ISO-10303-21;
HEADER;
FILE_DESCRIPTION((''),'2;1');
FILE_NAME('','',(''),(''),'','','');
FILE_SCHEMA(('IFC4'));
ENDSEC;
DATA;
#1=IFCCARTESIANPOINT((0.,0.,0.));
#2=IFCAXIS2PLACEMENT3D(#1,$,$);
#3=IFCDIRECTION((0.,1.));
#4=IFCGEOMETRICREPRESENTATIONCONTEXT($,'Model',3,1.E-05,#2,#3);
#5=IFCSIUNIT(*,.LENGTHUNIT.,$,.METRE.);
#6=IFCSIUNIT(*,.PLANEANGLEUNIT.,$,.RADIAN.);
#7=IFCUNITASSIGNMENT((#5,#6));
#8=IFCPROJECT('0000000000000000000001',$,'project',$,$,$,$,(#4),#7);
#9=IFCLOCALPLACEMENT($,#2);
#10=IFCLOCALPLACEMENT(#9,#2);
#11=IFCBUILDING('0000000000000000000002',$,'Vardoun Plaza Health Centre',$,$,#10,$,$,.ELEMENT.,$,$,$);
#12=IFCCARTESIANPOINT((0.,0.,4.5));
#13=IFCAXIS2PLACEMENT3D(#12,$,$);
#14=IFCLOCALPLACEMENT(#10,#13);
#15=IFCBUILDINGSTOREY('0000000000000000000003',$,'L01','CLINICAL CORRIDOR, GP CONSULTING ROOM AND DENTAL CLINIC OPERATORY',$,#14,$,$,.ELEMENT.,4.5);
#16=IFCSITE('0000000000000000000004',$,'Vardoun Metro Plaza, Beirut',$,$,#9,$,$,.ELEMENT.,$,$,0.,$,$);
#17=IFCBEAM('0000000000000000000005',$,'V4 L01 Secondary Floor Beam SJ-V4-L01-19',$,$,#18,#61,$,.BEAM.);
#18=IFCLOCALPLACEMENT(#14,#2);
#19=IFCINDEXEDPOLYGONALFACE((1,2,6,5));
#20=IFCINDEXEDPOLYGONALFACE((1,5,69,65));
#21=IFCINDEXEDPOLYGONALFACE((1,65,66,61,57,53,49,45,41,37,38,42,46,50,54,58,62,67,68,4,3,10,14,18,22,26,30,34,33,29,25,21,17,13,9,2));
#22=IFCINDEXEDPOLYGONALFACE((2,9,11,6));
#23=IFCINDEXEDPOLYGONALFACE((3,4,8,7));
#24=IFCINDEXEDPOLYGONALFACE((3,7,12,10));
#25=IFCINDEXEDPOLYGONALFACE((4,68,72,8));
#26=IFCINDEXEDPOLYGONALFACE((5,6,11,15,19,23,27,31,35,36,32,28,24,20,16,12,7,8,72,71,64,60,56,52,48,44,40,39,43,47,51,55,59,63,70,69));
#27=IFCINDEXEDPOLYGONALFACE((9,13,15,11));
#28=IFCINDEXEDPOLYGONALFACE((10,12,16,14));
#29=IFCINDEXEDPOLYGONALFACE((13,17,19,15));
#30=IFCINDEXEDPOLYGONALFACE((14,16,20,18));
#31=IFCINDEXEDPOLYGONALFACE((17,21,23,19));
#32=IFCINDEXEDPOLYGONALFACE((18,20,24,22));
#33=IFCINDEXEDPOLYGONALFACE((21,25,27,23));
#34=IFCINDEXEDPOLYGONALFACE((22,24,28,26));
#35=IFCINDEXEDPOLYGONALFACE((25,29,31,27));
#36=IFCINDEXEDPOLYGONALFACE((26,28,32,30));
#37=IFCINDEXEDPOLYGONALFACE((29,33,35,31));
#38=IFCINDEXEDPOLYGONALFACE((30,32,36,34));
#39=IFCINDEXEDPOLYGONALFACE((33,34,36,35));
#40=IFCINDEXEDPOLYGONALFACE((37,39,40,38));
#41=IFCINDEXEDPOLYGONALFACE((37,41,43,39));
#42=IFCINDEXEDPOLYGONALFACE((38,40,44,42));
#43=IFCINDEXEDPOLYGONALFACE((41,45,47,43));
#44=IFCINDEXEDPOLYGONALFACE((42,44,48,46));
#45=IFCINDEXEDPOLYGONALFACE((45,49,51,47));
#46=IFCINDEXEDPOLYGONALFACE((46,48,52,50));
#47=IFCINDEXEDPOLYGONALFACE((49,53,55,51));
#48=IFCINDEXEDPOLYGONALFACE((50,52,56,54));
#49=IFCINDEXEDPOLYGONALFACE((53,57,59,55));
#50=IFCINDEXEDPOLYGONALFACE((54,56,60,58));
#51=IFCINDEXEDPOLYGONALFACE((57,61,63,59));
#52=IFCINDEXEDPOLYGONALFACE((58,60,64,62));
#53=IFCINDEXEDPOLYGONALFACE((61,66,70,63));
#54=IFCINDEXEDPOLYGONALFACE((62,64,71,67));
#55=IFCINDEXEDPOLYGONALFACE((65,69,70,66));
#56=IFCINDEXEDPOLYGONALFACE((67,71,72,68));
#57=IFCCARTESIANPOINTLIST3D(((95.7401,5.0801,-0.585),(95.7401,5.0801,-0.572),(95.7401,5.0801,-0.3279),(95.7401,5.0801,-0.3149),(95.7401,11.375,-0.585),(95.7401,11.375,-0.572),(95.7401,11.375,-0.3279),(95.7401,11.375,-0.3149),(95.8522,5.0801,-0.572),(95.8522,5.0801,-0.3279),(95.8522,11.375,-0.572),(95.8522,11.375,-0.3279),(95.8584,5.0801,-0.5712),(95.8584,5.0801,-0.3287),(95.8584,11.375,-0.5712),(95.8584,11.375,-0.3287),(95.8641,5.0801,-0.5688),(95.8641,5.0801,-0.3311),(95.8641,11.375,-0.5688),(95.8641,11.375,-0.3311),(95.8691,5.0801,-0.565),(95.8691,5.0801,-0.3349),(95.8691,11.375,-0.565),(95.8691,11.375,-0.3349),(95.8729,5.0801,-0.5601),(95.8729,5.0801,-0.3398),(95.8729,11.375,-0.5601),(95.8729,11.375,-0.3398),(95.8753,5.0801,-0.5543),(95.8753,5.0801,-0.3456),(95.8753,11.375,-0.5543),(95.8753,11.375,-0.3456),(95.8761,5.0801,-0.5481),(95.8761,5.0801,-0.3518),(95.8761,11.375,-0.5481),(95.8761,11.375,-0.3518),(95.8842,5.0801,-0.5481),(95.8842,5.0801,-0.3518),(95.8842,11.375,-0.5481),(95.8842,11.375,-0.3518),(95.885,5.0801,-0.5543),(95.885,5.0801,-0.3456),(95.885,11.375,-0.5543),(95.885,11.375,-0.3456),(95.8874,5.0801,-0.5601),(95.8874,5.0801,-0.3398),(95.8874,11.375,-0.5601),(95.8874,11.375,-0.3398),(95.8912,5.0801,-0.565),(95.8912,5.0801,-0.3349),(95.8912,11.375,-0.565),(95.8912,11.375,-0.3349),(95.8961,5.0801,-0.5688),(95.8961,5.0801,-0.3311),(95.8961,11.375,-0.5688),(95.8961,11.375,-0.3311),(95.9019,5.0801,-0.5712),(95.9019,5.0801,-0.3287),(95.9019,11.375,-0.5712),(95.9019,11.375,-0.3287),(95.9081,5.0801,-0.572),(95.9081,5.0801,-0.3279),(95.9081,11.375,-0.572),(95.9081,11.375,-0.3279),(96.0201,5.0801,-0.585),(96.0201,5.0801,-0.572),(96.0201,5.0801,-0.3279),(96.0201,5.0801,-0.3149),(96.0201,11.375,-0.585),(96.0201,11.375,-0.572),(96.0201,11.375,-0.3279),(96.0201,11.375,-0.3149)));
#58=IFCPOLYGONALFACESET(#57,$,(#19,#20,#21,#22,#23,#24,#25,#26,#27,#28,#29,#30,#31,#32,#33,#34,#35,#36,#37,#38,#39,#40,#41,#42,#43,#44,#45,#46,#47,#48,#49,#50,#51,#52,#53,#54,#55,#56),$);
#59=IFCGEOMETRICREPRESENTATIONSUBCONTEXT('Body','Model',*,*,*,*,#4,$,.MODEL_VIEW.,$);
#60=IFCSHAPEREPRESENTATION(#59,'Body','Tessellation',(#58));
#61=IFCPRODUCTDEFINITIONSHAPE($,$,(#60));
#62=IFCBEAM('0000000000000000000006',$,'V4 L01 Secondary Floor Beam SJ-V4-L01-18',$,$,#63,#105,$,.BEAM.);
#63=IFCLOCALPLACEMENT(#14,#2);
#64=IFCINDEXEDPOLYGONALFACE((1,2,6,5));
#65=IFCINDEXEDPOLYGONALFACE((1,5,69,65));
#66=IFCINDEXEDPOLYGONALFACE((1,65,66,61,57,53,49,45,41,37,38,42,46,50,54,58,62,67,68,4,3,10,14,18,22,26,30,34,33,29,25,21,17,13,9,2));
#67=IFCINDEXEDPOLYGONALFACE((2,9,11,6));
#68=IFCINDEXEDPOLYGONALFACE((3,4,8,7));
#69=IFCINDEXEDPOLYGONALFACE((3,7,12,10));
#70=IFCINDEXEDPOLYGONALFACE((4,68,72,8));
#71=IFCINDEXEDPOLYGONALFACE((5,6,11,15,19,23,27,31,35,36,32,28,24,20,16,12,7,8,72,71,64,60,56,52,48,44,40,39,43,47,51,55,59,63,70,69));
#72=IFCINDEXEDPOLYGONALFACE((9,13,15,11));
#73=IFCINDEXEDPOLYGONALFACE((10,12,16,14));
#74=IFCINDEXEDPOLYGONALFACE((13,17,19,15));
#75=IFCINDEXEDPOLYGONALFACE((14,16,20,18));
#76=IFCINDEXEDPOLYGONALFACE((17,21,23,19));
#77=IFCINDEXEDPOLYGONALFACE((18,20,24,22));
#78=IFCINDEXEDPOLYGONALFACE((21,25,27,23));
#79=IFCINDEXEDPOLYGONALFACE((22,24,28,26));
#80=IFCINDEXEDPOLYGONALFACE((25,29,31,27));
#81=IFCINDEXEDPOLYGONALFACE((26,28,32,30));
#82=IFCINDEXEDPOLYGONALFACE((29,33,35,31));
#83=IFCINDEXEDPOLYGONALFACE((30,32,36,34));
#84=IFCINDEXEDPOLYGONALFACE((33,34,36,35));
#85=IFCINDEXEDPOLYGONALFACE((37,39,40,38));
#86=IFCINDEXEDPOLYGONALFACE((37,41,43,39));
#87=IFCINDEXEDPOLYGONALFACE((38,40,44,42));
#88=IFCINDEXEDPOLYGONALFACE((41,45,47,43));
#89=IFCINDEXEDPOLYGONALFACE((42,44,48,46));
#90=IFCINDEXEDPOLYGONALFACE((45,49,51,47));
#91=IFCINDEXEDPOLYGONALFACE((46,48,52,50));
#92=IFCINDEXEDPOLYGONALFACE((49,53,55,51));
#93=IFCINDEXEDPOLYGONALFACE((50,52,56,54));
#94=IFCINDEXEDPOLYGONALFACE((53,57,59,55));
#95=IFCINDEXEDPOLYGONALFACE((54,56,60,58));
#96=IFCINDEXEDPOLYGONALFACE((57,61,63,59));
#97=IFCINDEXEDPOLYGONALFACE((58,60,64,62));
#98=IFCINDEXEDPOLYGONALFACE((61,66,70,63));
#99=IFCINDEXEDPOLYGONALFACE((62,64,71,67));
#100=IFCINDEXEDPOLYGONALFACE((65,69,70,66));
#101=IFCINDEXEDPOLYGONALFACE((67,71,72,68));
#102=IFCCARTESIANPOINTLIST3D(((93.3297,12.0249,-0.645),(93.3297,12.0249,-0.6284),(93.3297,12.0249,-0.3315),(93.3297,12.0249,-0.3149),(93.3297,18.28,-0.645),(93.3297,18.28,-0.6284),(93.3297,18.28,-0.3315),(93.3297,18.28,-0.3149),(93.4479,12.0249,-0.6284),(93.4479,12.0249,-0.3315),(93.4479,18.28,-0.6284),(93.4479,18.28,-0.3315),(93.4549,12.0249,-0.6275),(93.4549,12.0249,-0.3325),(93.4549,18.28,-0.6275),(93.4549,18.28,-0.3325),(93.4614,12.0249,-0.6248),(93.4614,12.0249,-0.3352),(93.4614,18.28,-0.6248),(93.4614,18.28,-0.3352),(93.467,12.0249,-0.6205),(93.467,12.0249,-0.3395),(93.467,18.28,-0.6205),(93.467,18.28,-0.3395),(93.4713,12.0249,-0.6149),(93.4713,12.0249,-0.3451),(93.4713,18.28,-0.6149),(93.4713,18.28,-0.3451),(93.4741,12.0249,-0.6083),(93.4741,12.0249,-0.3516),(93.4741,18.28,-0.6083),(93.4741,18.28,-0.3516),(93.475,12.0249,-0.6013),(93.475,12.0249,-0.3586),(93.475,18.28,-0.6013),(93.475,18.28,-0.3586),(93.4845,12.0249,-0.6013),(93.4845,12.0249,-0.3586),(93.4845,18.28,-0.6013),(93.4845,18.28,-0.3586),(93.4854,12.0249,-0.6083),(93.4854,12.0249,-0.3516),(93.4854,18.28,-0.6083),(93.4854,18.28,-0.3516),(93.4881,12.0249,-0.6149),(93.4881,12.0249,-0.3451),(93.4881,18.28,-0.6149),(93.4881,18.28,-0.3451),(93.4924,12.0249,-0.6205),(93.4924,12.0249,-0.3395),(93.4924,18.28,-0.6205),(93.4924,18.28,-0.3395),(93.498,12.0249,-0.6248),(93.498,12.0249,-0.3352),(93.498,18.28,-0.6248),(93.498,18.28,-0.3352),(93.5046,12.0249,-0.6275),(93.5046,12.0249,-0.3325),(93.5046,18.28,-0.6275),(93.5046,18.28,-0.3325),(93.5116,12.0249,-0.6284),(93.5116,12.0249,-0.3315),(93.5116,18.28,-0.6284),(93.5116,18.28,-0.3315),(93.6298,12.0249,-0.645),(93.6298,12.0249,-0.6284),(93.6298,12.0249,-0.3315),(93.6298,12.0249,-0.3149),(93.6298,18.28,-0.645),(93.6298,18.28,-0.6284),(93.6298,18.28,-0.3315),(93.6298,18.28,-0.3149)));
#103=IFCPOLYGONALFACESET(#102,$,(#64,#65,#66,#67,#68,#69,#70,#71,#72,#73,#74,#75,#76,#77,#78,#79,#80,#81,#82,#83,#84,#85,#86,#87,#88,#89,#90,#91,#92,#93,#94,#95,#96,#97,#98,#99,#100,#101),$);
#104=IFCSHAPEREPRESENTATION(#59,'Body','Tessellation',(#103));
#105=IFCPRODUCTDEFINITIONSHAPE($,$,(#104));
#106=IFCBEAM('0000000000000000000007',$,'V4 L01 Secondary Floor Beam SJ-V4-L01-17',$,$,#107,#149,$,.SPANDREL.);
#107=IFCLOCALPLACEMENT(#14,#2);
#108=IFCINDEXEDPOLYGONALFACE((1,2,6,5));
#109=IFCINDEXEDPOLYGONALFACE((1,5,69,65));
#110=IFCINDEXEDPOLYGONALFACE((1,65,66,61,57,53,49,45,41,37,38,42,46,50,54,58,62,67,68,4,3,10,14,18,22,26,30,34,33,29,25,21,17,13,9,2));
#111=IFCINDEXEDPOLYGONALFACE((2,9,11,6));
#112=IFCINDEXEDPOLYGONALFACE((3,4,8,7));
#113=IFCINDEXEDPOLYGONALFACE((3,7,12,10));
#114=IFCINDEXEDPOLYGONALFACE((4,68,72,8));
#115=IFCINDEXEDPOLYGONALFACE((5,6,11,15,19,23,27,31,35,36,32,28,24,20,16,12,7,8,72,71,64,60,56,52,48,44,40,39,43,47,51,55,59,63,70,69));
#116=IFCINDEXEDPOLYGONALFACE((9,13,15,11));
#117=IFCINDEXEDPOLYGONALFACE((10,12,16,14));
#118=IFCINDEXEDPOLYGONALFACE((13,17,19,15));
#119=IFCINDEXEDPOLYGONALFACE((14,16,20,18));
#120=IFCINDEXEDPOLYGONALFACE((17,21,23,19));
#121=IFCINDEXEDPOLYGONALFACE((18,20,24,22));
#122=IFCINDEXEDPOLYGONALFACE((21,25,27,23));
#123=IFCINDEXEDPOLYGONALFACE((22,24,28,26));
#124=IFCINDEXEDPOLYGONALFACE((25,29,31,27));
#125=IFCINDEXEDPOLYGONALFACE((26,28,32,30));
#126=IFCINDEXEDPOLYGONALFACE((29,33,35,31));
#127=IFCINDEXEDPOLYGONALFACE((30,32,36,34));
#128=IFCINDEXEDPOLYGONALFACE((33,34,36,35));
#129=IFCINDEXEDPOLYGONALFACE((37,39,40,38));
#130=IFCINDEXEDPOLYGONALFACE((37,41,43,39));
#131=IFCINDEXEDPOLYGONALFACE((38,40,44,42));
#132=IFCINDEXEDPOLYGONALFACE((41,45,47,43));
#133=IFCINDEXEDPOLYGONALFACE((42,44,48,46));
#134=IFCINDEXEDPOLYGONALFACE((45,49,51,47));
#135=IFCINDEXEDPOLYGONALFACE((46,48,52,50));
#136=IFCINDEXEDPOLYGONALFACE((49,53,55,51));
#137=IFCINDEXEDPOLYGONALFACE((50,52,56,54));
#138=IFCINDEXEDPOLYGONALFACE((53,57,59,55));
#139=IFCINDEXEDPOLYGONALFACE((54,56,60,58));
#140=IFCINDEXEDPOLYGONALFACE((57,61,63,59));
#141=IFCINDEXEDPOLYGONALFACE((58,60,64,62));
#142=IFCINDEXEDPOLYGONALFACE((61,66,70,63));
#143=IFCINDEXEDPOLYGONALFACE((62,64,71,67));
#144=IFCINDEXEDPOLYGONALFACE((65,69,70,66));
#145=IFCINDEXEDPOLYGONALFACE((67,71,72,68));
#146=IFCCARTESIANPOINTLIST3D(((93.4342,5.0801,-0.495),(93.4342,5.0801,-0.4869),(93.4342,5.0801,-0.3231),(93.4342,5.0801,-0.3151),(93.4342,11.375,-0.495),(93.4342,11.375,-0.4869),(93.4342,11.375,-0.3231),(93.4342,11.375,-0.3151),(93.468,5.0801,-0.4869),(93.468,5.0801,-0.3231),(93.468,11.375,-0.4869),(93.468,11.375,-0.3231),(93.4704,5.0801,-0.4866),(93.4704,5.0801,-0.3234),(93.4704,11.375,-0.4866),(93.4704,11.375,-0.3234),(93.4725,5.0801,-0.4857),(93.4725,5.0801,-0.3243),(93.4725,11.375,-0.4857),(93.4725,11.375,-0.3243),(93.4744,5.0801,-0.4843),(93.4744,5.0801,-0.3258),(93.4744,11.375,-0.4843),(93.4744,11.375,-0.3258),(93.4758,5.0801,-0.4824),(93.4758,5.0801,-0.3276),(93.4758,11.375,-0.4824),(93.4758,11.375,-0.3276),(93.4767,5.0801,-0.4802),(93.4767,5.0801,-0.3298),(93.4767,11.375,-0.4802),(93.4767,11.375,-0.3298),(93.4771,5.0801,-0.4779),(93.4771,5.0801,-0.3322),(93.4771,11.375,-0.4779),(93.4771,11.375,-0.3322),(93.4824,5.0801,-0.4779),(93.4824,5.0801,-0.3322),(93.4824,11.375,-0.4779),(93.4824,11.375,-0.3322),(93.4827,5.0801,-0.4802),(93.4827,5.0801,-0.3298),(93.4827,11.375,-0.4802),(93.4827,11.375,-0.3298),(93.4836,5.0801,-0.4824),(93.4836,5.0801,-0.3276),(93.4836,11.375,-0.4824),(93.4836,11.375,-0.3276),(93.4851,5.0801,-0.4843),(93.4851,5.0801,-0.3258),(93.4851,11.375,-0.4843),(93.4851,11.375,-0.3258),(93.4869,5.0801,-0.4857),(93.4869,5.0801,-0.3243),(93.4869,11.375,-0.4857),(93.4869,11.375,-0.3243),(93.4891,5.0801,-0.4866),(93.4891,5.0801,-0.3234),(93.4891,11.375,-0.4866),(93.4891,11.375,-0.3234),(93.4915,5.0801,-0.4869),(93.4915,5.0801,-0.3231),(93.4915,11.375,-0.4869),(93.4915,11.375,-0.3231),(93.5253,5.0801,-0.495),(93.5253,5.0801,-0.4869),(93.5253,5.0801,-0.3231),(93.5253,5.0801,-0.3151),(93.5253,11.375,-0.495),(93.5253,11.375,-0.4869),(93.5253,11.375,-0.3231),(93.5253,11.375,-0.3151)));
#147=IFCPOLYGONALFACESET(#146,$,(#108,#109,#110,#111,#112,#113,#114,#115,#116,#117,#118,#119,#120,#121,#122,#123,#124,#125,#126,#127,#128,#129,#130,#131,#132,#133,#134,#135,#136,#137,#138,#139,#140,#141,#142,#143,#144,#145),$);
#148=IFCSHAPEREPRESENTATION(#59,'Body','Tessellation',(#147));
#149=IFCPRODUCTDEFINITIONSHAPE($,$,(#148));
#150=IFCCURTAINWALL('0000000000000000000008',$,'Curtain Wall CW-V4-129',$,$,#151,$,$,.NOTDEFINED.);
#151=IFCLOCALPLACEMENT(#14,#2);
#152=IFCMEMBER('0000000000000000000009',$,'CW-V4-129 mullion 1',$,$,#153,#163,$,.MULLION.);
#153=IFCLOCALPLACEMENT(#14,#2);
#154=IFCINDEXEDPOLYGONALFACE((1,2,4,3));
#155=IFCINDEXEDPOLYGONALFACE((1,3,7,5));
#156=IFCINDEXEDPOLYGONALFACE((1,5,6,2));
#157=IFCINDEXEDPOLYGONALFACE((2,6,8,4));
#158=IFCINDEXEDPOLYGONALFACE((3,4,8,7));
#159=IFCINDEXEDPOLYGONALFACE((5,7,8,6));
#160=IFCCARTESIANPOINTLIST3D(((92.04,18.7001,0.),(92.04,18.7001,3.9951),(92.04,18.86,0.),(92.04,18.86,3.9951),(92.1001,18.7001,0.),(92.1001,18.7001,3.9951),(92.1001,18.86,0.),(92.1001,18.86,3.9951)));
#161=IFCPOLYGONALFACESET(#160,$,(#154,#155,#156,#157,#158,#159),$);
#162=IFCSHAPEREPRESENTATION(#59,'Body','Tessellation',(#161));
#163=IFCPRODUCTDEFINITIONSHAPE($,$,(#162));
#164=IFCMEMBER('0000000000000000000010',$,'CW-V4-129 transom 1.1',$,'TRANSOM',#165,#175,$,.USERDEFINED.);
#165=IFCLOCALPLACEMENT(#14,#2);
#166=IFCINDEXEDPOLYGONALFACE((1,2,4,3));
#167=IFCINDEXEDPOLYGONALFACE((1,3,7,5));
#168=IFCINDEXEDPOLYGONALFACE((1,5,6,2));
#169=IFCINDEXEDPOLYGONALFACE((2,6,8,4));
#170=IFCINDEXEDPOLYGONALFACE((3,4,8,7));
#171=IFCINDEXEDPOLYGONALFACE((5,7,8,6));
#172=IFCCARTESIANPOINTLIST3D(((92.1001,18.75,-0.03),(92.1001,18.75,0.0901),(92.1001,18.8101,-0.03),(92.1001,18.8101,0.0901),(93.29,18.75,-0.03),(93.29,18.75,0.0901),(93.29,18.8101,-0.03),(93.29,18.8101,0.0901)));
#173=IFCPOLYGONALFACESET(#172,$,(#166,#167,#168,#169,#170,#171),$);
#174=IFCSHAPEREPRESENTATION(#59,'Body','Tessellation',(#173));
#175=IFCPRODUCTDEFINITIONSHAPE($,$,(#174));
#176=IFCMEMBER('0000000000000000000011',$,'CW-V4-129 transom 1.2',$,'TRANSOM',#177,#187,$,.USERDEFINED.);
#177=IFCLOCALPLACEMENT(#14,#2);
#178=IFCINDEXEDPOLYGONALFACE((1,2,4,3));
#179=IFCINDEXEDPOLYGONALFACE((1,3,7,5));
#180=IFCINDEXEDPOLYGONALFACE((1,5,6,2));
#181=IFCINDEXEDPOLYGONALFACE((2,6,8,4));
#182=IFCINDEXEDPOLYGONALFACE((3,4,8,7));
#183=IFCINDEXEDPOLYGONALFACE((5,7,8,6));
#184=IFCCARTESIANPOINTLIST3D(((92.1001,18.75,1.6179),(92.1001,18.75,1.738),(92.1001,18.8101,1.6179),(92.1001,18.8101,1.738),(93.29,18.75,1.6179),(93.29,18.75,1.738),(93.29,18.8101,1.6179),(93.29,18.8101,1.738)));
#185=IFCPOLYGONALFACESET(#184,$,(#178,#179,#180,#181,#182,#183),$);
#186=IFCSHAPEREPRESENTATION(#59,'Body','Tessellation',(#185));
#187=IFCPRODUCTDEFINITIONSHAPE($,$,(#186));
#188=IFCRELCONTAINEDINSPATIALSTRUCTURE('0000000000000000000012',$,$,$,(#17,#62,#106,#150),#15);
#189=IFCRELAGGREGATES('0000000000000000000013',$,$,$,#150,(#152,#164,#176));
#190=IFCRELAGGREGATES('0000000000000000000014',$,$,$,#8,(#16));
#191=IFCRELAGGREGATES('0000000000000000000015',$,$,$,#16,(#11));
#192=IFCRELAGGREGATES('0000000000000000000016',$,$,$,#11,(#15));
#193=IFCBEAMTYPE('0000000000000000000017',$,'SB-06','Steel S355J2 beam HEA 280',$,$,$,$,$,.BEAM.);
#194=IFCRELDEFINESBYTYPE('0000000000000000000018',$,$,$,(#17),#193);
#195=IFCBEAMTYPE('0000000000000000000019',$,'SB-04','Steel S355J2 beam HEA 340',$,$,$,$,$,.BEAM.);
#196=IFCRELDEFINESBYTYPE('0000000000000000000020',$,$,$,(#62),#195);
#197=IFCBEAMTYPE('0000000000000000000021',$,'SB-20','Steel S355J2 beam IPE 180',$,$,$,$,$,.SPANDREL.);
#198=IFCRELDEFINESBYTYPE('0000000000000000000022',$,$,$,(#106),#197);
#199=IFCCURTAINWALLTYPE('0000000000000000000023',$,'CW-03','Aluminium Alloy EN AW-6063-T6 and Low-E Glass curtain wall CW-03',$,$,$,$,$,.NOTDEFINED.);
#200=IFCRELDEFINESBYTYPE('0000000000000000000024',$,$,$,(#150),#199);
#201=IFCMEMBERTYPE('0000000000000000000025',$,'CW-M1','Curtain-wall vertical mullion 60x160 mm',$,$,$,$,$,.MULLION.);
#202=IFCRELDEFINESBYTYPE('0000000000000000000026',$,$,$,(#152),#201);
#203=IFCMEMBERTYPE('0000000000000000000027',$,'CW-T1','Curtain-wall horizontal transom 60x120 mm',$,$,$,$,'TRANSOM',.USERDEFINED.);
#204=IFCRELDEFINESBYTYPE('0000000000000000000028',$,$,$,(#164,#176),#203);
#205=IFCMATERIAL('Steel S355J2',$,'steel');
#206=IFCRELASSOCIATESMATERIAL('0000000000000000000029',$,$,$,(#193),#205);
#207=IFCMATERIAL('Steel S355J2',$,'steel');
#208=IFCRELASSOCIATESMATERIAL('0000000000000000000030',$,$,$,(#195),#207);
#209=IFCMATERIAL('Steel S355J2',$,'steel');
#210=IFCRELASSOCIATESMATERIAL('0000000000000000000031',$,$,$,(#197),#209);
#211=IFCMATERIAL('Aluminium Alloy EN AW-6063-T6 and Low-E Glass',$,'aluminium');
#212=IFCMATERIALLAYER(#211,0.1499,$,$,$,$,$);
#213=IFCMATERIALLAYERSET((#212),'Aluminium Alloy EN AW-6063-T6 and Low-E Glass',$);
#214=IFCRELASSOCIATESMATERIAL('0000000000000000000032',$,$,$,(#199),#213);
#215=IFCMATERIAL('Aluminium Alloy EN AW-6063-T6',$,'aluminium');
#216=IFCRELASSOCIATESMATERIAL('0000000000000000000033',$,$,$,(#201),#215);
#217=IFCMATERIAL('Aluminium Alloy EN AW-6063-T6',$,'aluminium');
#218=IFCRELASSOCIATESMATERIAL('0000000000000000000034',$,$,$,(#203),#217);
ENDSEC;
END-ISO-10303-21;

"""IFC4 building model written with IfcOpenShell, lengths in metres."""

from ifc_helpers import new_model, si_unit, direction, frame, origin, origin_2d, place, context, subcontext, project, spatial, rectangle, i_section, extrude, material, layer, layer_set, material_profile, profile_set, type_object, element, aggregate, save


model = new_model("IFC4")

# Units and contexts
model_context = context("Model", 3, precision=1e-05, world=origin(), true_north=direction((0.0, 1.0)))
body_context = subcontext(model_context, "Body", "Model", "MODEL_VIEW")
ifc_project = project(units=[si_unit("LENGTHUNIT", "METRE"), si_unit("PLANEANGLEUNIT", "RADIAN")], contexts=[model_context])

# Site, building, storey
site_placement = place(None, origin())
site = spatial("IfcSite", under=ifc_project, at=site_placement, Name="Vardoun Metro Plaza, Beirut", CompositionType="ELEMENT", RefElevation=0.0)
building_placement = place(site_placement, origin())
building = spatial("IfcBuilding", under=site, at=building_placement, Name="Vardoun Plaza Health Centre", CompositionType="ELEMENT")
storey_placement = place(building_placement, frame((0.0, 0.0, 4.5)))
storey = spatial("IfcBuildingStorey", under=building, at=storey_placement, Name="L01", Description="CLINICAL CORRIDOR, GP CONSULTING ROOM AND DENTAL CLINIC OPERATORY", CompositionType="ELEMENT", Elevation=4.5)

# Beams
ifc_material_1 = material(Name="Steel S355J2", Category="steel")
ifc_material_profile_1 = material_profile(ifc_material_1, i_section(OverallWidth=0.28, OverallDepth=0.27, WebThickness=0.0081, FlangeThickness=0.0129, FilletRadius=0.0239, at=origin_2d()), Name="HEA 280")
ifc_profile_set_1 = profile_set([ifc_material_profile_1], Name="Steel S355J2")
beam_type_1 = type_object("IfcBeamType", Name="SB-06", Description="Steel S355J2 beam HEA 280", PredefinedType="BEAM", material=ifc_profile_set_1)
beam_1_placement = place(storey_placement, frame((95.8801, 5.0801, -0.45), z_axis=(0.0, 1.0, 0.0), x_axis=(-1.0, 0.0, 0.0)))
element("IfcBeam", 1, at=beam_1_placement, inside=storey, type_object=beam_type_1, Name="V4 L01 Secondary Floor Beam SJ-V4-L01-19", PredefinedType="BEAM", context=body_context, shape_type="SweptSolid", body=[
    extrude(i_section(OverallWidth=0.28, OverallDepth=0.27, WebThickness=0.0081, FlangeThickness=0.0129, FilletRadius=0.0239, at=origin_2d()), origin(), (0.0, 0.0, 1.0), 6.2949),
])
ifc_material_2 = material(Name="Steel S355J2", Category="steel")
ifc_material_profile_2 = material_profile(ifc_material_2, i_section(OverallWidth=0.3, OverallDepth=0.3301, WebThickness=0.0095, FlangeThickness=0.0166, FilletRadius=0.0271, at=origin_2d()), Name="HEA 340")
ifc_profile_set_2 = profile_set([ifc_material_profile_2], Name="Steel S355J2")
beam_type_2 = type_object("IfcBeamType", Name="SB-04", Description="Steel S355J2 beam HEA 340", PredefinedType="BEAM", material=ifc_profile_set_2)
beam_2_placement = place(storey_placement, frame((93.4797, 12.0249, -0.48), z_axis=(0.0, 1.0, 0.0), x_axis=(-1.0, 0.0, 0.0)))
element("IfcBeam", 2, at=beam_2_placement, inside=storey, type_object=beam_type_2, Name="V4 L01 Secondary Floor Beam SJ-V4-L01-18", PredefinedType="BEAM", context=body_context, shape_type="SweptSolid", body=[
    extrude(i_section(OverallWidth=0.3, OverallDepth=0.3301, WebThickness=0.0095, FlangeThickness=0.0166, FilletRadius=0.0271, at=origin_2d()), origin(), (0.0, 0.0, 1.0), 6.2551),
])
ifc_material_3 = material(Name="Steel S355J2", Category="steel")
ifc_material_profile_3 = material_profile(ifc_material_3, i_section(OverallWidth=0.0911, OverallDepth=0.1799, WebThickness=0.0054, FlangeThickness=0.0081, FilletRadius=0.009, at=origin_2d()), Name="IPE 180")
ifc_profile_set_3 = profile_set([ifc_material_profile_3], Name="Steel S355J2")
beam_type_3 = type_object("IfcBeamType", Name="SB-20", Description="Steel S355J2 beam IPE 180", PredefinedType="SPANDREL", material=ifc_profile_set_3)
beam_3_placement = place(storey_placement, frame((93.4797, 5.0801, -0.405), z_axis=(0.0, 1.0, 0.0), x_axis=(-1.0, 0.0, 0.0)))
element("IfcBeam", 3, at=beam_3_placement, inside=storey, type_object=beam_type_3, Name="V4 L01 Secondary Floor Beam SJ-V4-L01-17", PredefinedType="SPANDREL", context=body_context, shape_type="SweptSolid", body=[
    extrude(i_section(OverallWidth=0.0911, OverallDepth=0.1799, WebThickness=0.0054, FlangeThickness=0.0081, FilletRadius=0.009, at=origin_2d()), origin(), (0.0, 0.0, 1.0), 6.2949),
])

# Curtain wall, members
ifc_material_4 = material(Name="Aluminium Alloy EN AW-6063-T6 and Low-E Glass", Category="aluminium")
ifc_layer_1 = layer(ifc_material_4, 0.1499)
ifc_layer_set_1 = layer_set([ifc_layer_1], Name="Aluminium Alloy EN AW-6063-T6 and Low-E Glass")
curtain_wall_type = type_object("IfcCurtainWallType", Name="CW-03", Description="Aluminium Alloy EN AW-6063-T6 and Low-E Glass curtain wall CW-03", PredefinedType="NOTDEFINED", material=ifc_layer_set_1)
curtain_wall_placement = place(storey_placement, origin())
curtain_wall = element("IfcCurtainWall", 4, at=curtain_wall_placement, inside=storey, type_object=curtain_wall_type, Name="Curtain Wall CW-V4-129", PredefinedType="NOTDEFINED")
ifc_material_5 = material(Name="Aluminium Alloy EN AW-6063-T6", Category="aluminium")
ifc_material_profile_4 = material_profile(ifc_material_5, rectangle(XDim=0.1599, YDim=0.0601, at=origin_2d()), Name="CWM 60x160")
ifc_profile_set_4 = profile_set([ifc_material_profile_4], Name="Aluminium Alloy EN AW-6063-T6")
member_type_1 = type_object("IfcMemberType", Name="CW-M1", Description="Curtain-wall vertical mullion 60x160 mm", PredefinedType="MULLION", material=ifc_profile_set_4)
member_1_placement = place(storey_placement, frame((92.0701, 18.78, 0.0), z_axis=(0.0, 0.0, 1.0), x_axis=(0.0, 1.0, 0.0)))
member_1 = element("IfcMember", 5, at=member_1_placement, type_object=member_type_1, Name="CW-V4-129 mullion 1", PredefinedType="MULLION", context=body_context, shape_type="SweptSolid", body=[
    extrude(rectangle(XDim=0.1599, YDim=0.0601, at=origin_2d()), origin(), (0.0, 0.0, 1.0), 3.9951),
])
ifc_material_6 = material(Name="Aluminium Alloy EN AW-6063-T6", Category="aluminium")
ifc_material_profile_5 = material_profile(ifc_material_6, rectangle(XDim=0.0601, YDim=0.1201, at=origin_2d()), Name="CWT 60x120")
ifc_profile_set_5 = profile_set([ifc_material_profile_5], Name="Aluminium Alloy EN AW-6063-T6")
member_type_2 = type_object("IfcMemberType", Name="CW-T1", Description="Curtain-wall horizontal transom 60x120 mm", ElementType="TRANSOM", PredefinedType="USERDEFINED", material=ifc_profile_set_5)
member_2_placement = place(storey_placement, frame((92.1001, 18.78, 0.03), z_axis=(1.0, 0.0, 0.0), x_axis=(0.0, 1.0, 0.0)))
member_2 = element("IfcMember", 6, at=member_2_placement, type_object=member_type_2, Name="CW-V4-129 transom 1.1", ObjectType="TRANSOM", PredefinedType="USERDEFINED", context=body_context, shape_type="SweptSolid", body=[
    extrude(rectangle(XDim=0.0601, YDim=0.1201, at=origin_2d()), origin(), (0.0, 0.0, 1.0), 1.1899),
])
member_3_placement = place(storey_placement, frame((92.1001, 18.78, 1.678), z_axis=(1.0, 0.0, 0.0), x_axis=(0.0, 1.0, 0.0)))
member_3 = element("IfcMember", 7, at=member_3_placement, type_object=member_type_2, Name="CW-V4-129 transom 1.2", ObjectType="TRANSOM", PredefinedType="USERDEFINED", context=body_context, shape_type="SweptSolid", body=[
    extrude(rectangle(XDim=0.0601, YDim=0.1201, at=origin_2d()), origin(), (0.0, 0.0, 1.0), 1.1899),
])
aggregate(curtain_wall, [member_1, member_2, member_3])

save(model, "model.ifc")
